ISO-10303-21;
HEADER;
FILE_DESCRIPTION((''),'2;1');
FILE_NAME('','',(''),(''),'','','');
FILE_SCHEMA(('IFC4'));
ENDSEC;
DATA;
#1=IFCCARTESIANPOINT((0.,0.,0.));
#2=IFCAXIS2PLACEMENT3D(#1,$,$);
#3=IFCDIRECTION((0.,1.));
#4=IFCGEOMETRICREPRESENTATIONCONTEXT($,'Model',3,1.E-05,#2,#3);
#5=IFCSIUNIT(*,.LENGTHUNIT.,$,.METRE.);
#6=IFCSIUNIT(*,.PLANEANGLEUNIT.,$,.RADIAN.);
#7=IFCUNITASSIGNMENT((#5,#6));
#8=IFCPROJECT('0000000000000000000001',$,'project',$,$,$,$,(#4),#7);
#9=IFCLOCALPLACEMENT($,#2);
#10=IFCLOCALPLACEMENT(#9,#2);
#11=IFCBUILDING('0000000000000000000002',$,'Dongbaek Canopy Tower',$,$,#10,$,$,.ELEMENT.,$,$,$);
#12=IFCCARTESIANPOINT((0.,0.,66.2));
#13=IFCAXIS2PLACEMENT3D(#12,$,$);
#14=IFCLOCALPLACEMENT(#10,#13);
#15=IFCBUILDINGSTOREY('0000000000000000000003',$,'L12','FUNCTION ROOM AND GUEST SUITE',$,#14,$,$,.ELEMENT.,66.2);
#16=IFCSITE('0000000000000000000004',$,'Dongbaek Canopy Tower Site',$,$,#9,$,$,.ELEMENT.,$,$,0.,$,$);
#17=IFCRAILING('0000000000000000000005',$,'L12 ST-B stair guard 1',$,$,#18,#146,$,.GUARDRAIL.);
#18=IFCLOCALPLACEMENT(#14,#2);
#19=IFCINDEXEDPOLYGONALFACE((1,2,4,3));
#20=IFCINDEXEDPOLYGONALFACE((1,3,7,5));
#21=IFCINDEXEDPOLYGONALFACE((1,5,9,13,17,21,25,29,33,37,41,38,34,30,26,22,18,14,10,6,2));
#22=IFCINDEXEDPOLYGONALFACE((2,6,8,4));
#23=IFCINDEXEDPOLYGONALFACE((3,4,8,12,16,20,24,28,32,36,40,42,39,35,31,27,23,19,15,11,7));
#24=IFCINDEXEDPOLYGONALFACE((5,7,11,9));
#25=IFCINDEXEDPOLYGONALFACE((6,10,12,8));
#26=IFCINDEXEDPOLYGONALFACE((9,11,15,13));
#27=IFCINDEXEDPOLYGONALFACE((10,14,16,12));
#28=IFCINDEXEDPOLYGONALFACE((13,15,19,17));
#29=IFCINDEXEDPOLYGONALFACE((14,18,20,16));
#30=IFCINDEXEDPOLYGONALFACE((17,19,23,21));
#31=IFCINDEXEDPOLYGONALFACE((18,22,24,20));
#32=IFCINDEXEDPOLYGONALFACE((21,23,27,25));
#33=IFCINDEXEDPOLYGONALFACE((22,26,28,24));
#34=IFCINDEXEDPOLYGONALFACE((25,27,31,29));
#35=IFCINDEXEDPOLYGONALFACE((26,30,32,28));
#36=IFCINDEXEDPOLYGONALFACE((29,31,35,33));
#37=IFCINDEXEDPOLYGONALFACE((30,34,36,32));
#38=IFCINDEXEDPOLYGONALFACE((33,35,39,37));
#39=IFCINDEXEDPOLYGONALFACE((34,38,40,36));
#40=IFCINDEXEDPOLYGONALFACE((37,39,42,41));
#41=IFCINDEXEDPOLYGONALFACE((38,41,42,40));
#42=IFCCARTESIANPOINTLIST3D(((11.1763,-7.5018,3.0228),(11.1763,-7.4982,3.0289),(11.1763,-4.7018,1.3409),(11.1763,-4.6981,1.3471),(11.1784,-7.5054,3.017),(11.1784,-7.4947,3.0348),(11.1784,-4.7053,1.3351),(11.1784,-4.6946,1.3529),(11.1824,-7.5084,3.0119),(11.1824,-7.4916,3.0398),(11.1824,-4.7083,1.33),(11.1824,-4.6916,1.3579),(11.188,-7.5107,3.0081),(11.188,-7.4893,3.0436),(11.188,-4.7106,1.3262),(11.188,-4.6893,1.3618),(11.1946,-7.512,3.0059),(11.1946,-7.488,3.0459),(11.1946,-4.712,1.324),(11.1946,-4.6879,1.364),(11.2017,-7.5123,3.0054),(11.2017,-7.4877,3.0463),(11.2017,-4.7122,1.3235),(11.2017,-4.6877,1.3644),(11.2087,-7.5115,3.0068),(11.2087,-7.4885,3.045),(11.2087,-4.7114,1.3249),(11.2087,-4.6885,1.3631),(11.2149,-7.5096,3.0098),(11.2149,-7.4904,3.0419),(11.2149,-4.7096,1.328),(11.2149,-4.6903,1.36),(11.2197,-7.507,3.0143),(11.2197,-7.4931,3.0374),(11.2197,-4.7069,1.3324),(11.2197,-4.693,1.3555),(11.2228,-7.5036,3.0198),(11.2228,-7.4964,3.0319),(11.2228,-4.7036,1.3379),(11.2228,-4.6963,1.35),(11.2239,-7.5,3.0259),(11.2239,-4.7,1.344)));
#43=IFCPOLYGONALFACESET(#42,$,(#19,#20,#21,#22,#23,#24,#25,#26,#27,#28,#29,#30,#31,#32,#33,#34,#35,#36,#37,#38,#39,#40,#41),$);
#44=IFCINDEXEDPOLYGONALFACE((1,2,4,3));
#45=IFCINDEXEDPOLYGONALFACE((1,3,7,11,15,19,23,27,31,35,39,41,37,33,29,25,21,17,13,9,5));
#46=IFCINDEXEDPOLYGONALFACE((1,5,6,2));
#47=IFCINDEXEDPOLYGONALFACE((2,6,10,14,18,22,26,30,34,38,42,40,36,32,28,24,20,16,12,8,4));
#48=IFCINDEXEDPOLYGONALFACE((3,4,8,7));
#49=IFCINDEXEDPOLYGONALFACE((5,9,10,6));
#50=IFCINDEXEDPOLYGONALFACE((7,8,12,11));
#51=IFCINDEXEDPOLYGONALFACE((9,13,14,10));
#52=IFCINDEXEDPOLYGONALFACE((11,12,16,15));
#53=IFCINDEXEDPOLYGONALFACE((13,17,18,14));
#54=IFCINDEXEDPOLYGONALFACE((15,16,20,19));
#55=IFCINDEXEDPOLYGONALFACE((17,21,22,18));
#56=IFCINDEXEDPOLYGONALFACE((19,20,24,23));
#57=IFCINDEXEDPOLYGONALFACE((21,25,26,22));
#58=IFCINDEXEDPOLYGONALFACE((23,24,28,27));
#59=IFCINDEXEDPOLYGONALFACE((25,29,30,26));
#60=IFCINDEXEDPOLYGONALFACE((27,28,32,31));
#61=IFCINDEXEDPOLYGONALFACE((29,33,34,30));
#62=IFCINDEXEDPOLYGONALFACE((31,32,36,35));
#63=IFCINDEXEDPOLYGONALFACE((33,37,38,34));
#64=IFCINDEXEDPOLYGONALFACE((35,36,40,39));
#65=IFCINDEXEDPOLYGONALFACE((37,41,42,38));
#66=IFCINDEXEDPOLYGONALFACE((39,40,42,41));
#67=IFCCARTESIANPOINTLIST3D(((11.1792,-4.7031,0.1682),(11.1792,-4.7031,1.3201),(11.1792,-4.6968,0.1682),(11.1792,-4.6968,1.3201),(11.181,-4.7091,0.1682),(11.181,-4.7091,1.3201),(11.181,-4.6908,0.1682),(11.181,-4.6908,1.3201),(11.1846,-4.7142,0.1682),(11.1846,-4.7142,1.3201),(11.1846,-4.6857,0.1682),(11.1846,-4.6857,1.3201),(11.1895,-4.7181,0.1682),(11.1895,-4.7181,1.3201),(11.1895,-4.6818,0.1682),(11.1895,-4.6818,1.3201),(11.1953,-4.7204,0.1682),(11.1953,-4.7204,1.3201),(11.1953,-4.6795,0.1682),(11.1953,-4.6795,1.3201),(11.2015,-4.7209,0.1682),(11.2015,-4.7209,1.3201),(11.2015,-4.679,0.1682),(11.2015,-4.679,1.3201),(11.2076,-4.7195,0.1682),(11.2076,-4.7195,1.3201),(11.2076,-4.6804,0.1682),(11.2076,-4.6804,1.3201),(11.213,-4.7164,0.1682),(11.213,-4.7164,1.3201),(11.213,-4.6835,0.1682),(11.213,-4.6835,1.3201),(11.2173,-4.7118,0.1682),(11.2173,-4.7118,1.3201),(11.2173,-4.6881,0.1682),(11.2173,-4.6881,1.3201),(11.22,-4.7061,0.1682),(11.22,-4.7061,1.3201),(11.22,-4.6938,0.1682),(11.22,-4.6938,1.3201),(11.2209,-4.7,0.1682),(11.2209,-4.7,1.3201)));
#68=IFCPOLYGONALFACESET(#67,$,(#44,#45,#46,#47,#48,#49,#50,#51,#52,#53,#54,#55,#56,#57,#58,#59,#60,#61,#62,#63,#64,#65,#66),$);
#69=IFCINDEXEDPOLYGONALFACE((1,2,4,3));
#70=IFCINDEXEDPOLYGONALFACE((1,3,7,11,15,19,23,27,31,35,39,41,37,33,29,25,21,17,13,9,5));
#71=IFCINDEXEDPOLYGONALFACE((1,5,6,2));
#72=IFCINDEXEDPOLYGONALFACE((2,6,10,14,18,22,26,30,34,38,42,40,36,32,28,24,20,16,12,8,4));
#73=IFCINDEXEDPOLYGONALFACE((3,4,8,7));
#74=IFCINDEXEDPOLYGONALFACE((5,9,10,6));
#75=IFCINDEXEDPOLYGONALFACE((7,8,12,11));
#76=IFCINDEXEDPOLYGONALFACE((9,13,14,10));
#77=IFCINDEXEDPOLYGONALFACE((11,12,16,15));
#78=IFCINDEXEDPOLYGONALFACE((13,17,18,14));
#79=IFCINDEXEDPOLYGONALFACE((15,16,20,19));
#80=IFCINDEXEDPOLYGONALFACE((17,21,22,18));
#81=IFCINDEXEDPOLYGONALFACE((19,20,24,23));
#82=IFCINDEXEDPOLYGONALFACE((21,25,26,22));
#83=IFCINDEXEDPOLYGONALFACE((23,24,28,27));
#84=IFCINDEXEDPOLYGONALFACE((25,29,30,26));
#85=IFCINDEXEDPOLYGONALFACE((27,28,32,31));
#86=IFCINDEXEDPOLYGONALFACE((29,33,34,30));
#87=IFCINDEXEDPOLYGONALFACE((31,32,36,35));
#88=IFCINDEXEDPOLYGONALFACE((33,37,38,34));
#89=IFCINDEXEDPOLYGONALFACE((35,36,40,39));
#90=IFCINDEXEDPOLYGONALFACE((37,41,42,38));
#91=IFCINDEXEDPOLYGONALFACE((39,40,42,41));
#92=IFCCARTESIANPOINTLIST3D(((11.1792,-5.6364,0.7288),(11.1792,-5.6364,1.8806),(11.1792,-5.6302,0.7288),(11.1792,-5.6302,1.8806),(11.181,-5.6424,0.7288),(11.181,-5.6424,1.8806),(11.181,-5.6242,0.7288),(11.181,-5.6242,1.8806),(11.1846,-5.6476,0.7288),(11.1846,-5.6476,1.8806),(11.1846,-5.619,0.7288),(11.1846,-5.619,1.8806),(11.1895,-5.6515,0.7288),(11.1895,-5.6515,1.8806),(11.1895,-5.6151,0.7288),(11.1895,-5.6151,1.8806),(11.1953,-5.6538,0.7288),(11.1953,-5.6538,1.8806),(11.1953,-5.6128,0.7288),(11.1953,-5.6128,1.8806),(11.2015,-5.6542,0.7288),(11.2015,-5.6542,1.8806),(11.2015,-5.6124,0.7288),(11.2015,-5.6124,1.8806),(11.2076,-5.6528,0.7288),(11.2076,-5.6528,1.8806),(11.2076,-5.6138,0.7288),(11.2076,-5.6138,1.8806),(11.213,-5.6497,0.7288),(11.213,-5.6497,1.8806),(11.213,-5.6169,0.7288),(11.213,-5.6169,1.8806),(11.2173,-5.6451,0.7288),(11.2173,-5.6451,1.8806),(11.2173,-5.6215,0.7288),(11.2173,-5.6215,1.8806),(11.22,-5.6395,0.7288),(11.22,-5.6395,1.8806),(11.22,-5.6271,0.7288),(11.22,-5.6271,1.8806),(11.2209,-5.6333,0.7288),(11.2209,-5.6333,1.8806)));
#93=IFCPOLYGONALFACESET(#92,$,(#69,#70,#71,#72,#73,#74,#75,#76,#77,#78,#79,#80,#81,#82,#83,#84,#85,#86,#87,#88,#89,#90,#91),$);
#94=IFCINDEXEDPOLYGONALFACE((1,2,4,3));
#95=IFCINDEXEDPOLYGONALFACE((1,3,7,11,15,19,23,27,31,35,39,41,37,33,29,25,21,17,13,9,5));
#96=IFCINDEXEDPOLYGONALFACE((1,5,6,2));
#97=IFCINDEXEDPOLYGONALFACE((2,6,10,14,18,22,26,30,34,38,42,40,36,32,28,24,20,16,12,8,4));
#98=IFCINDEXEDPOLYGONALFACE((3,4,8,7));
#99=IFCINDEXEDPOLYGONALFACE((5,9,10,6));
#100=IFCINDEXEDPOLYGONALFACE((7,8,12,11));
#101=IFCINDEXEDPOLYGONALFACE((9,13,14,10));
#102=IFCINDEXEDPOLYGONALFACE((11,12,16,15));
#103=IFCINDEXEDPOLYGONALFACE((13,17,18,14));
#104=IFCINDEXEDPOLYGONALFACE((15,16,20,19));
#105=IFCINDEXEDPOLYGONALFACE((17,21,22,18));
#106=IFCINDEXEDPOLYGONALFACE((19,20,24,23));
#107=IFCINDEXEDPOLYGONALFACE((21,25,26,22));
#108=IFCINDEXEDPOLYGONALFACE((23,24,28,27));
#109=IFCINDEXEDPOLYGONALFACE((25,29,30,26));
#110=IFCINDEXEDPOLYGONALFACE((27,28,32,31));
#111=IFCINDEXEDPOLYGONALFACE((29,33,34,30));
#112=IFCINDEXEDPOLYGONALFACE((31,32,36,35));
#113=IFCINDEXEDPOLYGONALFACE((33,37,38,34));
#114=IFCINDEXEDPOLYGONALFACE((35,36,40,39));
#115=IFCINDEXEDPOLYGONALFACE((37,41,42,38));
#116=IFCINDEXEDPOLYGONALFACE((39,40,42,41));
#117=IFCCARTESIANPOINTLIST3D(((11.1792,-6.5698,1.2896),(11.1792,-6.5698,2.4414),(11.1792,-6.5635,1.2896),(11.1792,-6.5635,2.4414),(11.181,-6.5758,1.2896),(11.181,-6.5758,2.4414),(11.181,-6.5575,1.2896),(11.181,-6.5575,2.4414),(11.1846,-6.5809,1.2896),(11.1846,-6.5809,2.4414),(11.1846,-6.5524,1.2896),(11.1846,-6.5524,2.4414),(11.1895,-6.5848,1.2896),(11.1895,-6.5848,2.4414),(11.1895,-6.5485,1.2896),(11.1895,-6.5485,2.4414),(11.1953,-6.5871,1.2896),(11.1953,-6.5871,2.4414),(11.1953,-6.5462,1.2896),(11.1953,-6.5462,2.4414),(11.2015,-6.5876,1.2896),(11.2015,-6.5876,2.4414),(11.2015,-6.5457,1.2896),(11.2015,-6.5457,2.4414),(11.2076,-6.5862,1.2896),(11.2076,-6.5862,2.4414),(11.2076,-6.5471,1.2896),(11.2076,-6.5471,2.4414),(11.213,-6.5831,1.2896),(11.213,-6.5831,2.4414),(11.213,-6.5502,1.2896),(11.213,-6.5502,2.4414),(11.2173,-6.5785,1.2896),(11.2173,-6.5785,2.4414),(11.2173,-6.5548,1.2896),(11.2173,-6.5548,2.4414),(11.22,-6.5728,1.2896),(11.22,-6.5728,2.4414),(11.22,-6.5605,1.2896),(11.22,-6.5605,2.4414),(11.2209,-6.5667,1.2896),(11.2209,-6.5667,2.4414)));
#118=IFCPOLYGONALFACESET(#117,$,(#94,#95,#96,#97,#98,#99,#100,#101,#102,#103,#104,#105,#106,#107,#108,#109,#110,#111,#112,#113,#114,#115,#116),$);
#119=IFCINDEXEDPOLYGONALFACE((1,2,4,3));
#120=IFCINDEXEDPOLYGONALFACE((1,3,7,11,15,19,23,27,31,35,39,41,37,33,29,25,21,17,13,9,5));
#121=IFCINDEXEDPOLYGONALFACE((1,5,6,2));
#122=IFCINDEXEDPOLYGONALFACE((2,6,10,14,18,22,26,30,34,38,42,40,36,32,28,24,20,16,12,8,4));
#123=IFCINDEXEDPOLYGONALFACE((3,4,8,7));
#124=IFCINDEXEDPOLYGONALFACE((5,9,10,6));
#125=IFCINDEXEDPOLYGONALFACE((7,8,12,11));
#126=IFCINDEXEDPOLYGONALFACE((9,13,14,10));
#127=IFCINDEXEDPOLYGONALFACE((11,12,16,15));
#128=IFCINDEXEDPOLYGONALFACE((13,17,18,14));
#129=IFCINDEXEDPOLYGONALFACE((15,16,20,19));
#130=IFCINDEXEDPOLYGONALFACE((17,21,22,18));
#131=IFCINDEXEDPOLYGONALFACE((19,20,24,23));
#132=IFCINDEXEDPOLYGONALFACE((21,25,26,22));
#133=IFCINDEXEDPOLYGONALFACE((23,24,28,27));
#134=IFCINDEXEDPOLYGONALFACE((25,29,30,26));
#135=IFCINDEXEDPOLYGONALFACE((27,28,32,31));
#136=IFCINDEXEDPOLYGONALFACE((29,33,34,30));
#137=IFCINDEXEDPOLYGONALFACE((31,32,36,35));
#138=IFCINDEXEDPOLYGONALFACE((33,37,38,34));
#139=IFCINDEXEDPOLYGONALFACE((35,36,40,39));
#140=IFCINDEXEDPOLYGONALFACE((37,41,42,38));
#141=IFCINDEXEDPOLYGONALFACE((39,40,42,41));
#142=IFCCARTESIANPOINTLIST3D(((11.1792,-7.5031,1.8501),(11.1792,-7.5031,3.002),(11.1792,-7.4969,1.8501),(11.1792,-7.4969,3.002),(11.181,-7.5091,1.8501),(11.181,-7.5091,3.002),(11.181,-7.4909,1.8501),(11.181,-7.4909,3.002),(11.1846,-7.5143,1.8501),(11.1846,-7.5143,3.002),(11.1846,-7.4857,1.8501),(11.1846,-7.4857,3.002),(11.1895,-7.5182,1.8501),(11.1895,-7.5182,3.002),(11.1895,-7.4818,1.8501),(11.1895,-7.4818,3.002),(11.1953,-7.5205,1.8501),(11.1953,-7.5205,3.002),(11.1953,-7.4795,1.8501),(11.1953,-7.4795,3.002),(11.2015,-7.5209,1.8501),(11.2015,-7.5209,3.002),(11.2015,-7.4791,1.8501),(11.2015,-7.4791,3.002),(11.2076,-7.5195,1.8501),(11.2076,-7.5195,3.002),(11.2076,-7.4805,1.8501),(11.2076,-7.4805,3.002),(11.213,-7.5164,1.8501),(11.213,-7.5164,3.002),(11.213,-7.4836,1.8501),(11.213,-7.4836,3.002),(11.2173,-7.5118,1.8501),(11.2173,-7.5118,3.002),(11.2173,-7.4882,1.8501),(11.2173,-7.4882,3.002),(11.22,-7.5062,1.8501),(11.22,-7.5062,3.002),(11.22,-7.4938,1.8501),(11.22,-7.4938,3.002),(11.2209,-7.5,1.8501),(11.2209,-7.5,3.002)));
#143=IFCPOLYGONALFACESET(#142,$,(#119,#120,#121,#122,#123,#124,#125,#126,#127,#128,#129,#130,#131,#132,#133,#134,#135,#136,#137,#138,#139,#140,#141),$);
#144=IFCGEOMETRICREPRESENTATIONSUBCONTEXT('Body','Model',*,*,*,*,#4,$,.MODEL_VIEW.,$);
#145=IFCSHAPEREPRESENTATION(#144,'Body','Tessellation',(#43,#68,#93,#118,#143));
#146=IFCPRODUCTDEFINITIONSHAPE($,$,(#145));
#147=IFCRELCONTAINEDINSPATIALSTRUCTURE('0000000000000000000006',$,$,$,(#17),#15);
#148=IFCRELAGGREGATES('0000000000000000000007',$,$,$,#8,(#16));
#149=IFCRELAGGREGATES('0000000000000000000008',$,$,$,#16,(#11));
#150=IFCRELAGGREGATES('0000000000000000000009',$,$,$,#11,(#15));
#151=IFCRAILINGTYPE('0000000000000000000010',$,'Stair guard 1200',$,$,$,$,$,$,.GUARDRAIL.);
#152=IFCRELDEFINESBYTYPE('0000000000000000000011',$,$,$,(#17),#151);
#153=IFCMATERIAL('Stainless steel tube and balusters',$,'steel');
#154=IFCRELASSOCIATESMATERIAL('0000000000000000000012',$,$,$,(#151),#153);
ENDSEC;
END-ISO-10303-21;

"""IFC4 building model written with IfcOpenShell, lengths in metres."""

from ifc_helpers import new_model, si_unit, direction, frame, origin, origin_2d, place, context, subcontext, project, spatial, circle, extrude, material, type_object, element, save


model = new_model("IFC4")

# Units and contexts
model_context = context("Model", 3, precision=1e-05, world=origin(), true_north=direction((0.0, 1.0)))
body_context = subcontext(model_context, "Body", "Model", "MODEL_VIEW")
ifc_project = project(units=[si_unit("LENGTHUNIT", "METRE"), si_unit("PLANEANGLEUNIT", "RADIAN")], contexts=[model_context])

# Site, building, storey
site_placement = place(None, origin())
site = spatial("IfcSite", under=ifc_project, at=site_placement, Name="Dongbaek Canopy Tower Site", CompositionType="ELEMENT", RefElevation=0.0)
building_placement = place(site_placement, origin())
building = spatial("IfcBuilding", under=site, at=building_placement, Name="Dongbaek Canopy Tower", CompositionType="ELEMENT")
storey_placement = place(building_placement, frame((0.0, 0.0, 66.2)))
storey = spatial("IfcBuildingStorey", under=building, at=storey_placement, Name="L12", Description="FUNCTION ROOM AND GUEST SUITE", CompositionType="ELEMENT", Elevation=66.2)

# Railing
ifc_material_1 = material(Name="Stainless steel tube and balusters", Category="steel")
railing_type_1 = type_object("IfcRailingType", Name="Stair guard 1200", PredefinedType="GUARDRAIL", material=ifc_material_1)
railing_1_placement = place(storey_placement, frame((11.2, -4.7, 0.1682)))
element("IfcRailing", 1, at=railing_1_placement, inside=storey, type_object=railing_type_1, Name="L12 ST-B stair guard 1", PredefinedType="GUARDRAIL", context=body_context, shape_type="SweptSolid", body=[
    extrude(circle(Radius=0.0239, at=origin_2d()), frame((0.0, 0.0, 1.1758), z_axis=(0.0, -0.857242, 0.514913), x_axis=(1.0, 0.0, 0.0)), (0.0, 0.0, 1.0), 3.2664),
    extrude(circle(Radius=0.021, at=origin_2d()), origin(), (0.0, 0.0, 1.0), 1.1519),
    extrude(circle(Radius=0.021, at=origin_2d()), frame((0.0, -0.9333, 0.5605)), (0.0, 0.0, 1.0), 1.1519),
    extrude(circle(Radius=0.021, at=origin_2d()), frame((0.0, -1.8667, 1.1213)), (0.0, 0.0, 1.0), 1.1519),
    extrude(circle(Radius=0.021, at=origin_2d()), frame((0.0, -2.8, 1.6819)), (0.0, 0.0, 1.0), 1.1519),
])

save(model, "model.ifc")
